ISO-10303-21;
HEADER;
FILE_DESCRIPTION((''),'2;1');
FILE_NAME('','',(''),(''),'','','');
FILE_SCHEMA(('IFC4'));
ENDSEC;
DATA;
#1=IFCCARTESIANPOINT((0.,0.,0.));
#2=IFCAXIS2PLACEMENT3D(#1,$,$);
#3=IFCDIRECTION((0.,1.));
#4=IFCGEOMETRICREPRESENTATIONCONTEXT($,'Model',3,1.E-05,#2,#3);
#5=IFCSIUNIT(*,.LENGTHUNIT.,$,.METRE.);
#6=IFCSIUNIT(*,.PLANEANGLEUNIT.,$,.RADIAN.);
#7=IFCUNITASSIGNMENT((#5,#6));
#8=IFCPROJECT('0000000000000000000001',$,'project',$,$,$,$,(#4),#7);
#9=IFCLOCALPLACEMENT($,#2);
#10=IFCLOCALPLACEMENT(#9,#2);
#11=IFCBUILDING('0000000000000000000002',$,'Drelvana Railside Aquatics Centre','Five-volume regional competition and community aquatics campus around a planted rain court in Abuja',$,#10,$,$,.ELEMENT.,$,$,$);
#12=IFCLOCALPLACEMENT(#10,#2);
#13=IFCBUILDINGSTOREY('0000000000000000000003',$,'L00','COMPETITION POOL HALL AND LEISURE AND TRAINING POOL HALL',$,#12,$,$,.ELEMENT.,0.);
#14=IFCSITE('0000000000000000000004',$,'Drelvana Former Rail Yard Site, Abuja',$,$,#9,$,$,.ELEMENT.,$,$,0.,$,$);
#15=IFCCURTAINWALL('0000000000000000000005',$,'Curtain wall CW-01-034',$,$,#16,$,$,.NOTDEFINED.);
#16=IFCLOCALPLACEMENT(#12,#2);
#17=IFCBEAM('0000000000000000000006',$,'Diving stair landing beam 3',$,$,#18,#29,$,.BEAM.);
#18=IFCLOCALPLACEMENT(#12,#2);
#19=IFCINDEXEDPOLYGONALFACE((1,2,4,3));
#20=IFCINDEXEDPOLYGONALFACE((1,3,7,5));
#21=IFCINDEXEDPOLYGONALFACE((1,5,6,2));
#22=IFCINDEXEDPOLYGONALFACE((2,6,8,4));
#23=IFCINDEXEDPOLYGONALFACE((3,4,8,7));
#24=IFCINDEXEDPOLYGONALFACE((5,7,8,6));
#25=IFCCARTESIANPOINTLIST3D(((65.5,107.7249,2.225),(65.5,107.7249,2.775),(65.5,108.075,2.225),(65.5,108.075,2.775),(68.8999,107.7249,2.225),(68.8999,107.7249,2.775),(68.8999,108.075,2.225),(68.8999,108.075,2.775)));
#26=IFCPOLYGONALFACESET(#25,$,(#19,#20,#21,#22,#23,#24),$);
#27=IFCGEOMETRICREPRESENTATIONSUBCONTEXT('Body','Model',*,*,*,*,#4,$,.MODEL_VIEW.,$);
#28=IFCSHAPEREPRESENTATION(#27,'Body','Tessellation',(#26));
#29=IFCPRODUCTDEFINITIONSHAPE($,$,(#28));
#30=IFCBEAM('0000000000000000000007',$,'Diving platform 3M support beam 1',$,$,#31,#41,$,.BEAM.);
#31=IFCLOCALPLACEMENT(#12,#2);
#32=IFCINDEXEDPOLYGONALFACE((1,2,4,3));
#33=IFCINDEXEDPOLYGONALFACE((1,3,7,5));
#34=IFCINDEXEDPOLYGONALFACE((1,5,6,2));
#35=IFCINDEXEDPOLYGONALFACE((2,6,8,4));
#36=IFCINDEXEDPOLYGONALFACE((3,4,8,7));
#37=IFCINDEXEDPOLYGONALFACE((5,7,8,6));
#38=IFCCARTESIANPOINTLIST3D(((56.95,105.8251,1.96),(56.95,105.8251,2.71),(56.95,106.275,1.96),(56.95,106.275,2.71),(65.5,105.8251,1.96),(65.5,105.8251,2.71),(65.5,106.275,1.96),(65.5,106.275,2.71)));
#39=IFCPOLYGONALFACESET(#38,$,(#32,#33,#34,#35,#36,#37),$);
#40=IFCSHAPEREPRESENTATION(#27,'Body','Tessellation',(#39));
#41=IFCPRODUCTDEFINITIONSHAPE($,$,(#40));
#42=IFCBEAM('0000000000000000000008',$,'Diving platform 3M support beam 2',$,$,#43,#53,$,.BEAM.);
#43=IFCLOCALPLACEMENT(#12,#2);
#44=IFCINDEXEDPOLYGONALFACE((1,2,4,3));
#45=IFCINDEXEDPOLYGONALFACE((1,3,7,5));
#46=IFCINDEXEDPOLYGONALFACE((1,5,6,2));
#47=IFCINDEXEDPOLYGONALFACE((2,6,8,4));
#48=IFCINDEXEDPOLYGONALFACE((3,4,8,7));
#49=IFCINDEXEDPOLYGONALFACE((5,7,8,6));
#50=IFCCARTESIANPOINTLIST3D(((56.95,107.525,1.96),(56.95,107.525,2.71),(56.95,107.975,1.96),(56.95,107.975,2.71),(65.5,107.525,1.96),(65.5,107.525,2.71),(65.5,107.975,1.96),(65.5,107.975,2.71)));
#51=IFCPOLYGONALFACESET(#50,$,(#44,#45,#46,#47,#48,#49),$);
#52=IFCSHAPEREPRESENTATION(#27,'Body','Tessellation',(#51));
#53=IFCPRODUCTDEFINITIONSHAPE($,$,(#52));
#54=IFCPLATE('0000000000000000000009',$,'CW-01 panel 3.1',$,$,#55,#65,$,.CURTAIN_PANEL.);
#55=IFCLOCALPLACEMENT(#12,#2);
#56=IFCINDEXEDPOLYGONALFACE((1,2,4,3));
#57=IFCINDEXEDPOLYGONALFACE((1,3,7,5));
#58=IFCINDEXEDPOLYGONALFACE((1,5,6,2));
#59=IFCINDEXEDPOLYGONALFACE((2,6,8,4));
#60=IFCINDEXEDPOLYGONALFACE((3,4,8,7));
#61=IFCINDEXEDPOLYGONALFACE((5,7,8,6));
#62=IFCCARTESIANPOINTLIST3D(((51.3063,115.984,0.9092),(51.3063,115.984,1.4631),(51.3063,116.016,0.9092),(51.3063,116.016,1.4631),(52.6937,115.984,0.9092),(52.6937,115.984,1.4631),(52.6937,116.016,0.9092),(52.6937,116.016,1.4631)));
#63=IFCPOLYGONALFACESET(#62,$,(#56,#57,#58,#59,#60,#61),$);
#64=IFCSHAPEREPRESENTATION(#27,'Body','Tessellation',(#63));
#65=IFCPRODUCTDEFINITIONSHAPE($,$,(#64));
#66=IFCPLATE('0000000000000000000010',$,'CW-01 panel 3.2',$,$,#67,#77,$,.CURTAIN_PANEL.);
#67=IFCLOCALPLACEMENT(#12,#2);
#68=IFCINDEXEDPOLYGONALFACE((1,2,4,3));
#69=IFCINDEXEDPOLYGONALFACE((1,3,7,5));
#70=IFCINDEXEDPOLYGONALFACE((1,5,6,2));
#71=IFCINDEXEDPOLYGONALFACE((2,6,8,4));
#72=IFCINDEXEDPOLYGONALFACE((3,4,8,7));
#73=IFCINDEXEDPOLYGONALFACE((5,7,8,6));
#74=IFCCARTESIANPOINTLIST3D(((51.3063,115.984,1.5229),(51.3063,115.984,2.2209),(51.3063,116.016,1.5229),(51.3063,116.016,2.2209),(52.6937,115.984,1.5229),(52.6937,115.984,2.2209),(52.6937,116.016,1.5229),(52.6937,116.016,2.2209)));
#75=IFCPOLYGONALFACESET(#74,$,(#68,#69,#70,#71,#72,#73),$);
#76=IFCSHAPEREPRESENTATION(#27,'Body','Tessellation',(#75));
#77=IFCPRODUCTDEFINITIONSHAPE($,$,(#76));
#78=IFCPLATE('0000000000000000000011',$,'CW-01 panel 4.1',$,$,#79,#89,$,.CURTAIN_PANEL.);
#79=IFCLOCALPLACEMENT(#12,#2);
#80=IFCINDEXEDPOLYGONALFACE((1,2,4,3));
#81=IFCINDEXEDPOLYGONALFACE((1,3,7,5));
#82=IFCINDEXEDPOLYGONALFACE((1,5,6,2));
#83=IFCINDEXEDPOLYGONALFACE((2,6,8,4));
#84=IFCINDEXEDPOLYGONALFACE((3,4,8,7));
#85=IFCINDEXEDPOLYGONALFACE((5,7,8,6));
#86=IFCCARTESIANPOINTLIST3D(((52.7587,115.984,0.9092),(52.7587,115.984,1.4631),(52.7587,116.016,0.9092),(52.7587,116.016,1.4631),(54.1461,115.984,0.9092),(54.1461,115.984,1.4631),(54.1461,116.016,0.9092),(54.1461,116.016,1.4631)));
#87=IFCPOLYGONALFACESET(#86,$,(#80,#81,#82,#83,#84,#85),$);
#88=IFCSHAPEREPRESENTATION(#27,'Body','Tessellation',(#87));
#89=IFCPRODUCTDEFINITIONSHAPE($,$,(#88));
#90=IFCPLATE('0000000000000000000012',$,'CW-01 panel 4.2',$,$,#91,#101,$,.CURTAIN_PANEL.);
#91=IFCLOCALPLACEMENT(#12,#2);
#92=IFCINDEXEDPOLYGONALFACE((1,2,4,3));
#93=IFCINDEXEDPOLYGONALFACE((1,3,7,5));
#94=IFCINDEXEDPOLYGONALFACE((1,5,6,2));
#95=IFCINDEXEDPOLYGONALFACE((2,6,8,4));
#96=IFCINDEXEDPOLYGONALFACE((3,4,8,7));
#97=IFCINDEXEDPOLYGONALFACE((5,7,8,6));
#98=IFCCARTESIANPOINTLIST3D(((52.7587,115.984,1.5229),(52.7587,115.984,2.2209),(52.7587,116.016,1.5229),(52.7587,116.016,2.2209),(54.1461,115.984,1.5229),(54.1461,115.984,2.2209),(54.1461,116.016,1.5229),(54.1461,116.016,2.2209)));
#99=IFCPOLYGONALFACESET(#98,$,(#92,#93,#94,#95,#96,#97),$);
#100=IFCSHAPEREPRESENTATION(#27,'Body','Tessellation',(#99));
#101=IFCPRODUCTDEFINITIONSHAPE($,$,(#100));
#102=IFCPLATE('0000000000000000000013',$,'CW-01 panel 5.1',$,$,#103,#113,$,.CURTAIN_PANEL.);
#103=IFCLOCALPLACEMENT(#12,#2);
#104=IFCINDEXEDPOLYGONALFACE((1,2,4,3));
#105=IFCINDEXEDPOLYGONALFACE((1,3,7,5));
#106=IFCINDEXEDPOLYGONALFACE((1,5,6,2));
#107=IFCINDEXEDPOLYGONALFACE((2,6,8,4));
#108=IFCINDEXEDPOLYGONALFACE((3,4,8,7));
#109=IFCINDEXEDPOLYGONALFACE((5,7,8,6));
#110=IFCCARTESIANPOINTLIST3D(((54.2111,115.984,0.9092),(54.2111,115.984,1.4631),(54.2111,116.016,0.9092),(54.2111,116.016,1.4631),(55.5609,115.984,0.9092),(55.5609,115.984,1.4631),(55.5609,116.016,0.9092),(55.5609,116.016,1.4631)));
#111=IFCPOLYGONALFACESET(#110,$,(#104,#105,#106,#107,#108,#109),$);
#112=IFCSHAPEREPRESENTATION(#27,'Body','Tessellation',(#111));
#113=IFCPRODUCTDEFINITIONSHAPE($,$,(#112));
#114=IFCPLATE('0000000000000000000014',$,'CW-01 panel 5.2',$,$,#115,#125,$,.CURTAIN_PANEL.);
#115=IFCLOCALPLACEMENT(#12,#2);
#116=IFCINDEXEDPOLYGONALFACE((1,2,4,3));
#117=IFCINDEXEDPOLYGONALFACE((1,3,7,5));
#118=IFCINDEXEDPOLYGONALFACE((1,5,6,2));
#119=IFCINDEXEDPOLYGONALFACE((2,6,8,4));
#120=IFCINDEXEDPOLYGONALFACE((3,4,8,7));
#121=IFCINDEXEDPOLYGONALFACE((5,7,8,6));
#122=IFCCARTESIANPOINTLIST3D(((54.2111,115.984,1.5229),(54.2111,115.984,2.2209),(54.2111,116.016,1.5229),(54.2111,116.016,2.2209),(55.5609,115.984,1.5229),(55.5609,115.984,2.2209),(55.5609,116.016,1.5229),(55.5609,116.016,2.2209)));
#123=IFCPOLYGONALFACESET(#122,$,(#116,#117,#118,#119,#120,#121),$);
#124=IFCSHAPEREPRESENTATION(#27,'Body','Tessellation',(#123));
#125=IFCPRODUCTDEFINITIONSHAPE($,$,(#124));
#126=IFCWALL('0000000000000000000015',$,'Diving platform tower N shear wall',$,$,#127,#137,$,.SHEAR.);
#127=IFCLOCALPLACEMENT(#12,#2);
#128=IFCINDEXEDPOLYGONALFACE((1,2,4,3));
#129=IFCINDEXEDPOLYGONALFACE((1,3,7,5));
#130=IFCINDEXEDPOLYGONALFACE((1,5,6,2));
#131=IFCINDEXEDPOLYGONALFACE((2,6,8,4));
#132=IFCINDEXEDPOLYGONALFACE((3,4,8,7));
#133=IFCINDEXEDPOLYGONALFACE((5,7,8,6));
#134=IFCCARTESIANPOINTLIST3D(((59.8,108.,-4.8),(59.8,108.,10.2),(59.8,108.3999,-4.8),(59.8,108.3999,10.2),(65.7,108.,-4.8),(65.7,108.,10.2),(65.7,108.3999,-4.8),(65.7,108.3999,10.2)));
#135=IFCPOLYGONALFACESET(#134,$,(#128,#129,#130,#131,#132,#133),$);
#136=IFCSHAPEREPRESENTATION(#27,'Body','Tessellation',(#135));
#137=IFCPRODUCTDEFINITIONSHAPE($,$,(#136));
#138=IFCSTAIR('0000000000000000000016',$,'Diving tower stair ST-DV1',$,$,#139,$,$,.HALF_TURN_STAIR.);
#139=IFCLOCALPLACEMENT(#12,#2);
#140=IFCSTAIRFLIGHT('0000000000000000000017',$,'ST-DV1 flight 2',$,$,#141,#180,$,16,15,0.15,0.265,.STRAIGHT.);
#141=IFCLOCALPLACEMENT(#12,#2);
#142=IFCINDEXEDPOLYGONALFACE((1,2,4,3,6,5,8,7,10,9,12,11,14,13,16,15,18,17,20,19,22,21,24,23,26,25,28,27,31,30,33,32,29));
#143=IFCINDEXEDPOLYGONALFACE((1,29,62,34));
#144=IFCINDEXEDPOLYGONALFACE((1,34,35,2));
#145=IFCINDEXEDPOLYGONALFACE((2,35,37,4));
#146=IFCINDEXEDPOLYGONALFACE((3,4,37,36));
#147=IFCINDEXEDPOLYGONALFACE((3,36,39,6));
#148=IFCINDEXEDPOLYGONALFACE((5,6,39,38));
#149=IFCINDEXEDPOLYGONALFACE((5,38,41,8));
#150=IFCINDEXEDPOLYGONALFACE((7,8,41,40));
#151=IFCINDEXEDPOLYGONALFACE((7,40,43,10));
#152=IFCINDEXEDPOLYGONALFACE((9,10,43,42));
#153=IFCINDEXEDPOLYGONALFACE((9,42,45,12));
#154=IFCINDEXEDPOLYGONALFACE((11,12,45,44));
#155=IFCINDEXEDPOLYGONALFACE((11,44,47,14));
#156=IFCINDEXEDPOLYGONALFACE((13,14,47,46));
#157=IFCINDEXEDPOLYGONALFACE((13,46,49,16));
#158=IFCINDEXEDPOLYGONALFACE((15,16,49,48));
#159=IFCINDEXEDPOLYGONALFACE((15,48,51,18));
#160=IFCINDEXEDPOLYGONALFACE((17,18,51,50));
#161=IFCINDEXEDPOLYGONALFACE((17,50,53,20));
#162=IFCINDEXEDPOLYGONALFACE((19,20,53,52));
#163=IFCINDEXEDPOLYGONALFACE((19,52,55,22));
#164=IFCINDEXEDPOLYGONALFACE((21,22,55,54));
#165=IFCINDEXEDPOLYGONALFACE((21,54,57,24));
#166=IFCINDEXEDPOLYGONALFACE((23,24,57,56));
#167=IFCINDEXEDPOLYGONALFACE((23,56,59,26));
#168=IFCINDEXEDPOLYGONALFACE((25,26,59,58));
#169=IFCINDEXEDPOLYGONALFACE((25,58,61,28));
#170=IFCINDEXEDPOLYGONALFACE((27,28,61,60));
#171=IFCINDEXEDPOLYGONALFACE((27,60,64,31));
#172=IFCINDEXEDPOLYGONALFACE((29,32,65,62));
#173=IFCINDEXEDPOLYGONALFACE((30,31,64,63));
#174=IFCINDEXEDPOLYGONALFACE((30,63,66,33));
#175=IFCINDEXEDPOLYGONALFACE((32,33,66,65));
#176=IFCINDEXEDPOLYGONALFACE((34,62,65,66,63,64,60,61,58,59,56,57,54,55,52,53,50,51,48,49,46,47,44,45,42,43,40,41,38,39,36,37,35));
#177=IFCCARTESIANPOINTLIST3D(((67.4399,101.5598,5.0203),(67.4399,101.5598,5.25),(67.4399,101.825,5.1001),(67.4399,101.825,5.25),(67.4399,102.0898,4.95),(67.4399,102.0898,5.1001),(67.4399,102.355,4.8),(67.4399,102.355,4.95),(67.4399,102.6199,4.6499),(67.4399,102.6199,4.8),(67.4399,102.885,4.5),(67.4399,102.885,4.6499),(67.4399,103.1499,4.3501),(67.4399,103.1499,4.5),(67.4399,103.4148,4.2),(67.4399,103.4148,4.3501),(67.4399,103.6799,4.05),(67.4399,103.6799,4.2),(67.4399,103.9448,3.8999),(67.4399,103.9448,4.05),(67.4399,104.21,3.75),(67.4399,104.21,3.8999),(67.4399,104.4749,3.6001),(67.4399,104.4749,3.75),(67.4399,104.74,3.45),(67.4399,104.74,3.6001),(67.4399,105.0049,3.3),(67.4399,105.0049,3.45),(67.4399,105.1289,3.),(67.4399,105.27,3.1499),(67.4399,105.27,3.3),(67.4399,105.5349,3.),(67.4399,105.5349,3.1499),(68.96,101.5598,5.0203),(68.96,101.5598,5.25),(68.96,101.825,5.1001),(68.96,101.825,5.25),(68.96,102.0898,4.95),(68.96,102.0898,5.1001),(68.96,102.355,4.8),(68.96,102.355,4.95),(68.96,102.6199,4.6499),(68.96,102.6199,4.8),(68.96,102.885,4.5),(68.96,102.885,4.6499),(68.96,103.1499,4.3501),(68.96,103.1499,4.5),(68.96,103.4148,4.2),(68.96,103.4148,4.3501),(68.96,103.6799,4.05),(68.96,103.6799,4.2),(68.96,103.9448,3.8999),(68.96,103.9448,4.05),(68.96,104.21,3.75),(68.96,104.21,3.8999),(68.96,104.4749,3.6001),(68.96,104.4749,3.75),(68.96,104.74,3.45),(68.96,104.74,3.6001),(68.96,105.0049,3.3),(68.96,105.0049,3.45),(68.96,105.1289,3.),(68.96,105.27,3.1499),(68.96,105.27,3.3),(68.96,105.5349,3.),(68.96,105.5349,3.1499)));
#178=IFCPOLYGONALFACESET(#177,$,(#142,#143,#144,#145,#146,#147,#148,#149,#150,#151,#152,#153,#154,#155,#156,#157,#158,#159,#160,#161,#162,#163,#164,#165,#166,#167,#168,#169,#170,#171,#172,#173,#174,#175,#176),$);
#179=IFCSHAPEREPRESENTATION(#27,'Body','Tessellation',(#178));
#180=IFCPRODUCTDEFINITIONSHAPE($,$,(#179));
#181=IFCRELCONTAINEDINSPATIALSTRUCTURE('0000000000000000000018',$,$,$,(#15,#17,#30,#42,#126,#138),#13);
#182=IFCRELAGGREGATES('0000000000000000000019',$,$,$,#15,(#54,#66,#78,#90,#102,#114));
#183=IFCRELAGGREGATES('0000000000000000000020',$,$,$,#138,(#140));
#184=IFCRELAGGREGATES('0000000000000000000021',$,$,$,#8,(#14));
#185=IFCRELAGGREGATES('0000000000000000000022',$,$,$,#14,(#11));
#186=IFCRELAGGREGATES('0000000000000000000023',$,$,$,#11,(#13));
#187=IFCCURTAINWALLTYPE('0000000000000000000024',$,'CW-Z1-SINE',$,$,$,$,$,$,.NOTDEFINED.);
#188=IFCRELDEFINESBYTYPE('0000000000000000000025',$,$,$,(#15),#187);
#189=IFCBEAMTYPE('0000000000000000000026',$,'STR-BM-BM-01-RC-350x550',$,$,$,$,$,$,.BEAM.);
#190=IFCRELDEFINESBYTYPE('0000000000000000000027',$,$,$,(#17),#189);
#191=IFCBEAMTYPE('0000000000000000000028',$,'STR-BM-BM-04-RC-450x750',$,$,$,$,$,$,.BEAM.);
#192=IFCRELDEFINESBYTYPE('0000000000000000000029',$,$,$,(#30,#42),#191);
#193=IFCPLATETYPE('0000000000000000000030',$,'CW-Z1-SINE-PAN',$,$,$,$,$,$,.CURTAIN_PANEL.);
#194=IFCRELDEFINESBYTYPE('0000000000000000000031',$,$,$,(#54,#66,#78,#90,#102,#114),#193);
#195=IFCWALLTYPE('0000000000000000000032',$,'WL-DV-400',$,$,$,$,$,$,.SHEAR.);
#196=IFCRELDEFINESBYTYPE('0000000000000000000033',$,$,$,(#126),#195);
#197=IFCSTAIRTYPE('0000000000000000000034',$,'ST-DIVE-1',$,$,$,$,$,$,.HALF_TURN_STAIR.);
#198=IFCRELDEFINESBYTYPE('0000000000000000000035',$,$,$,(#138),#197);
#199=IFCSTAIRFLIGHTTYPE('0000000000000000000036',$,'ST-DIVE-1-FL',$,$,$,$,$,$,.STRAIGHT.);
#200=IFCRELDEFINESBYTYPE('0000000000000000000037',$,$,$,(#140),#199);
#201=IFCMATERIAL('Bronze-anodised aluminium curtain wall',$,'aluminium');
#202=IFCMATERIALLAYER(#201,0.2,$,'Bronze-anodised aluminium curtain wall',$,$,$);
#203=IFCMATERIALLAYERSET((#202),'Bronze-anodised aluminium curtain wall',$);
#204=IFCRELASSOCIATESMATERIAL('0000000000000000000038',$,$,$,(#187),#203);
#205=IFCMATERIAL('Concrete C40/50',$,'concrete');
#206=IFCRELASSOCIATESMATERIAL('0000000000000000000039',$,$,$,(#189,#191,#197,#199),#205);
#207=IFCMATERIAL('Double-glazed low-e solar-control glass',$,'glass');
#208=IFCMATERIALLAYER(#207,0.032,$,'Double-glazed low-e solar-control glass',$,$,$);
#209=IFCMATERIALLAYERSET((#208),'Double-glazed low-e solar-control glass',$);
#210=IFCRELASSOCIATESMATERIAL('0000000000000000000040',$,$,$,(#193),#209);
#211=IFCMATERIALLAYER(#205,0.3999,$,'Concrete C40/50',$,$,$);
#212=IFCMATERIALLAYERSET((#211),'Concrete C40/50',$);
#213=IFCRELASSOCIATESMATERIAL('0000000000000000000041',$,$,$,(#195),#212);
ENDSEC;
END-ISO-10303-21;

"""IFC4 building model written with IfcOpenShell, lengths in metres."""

from ifc_helpers import new_model, si_unit, direction, frame, frame_2d, origin, origin_2d, place, context, subcontext, project, spatial, polyline, rectangle, outline, extrude, material, layer, layer_set, material_profile, profile_set, type_object, element, aggregate, save


model = new_model("IFC4")

# Units and contexts
model_context = context("Model", 3, precision=1e-05, world=origin(), true_north=direction((0.0, 1.0)))
body_context = subcontext(model_context, "Body", "Model", "MODEL_VIEW")
ifc_project = project(units=[si_unit("LENGTHUNIT", "METRE"), si_unit("PLANEANGLEUNIT", "RADIAN")], contexts=[model_context])

# Site, building, storey
site_placement = place(None, origin())
site = spatial("IfcSite", under=ifc_project, at=site_placement, Name="Drelvana Former Rail Yard Site, Abuja", CompositionType="ELEMENT", RefElevation=0.0)
building_placement = place(site_placement, origin())
building = spatial("IfcBuilding", under=site, at=building_placement, Name="Drelvana Railside Aquatics Centre", Description="Five-volume regional competition and community aquatics campus around a planted rain court in Abuja", CompositionType="ELEMENT")
storey_placement = place(building_placement, origin())
storey = spatial("IfcBuildingStorey", under=building, at=storey_placement, Name="L00", Description="COMPETITION POOL HALL AND LEISURE AND TRAINING POOL HALL", CompositionType="ELEMENT", Elevation=0.0)

# Shared definitions
ifc_material_1 = material(Name="Concrete C40/50", Category="concrete")

# Curtain wall
ifc_material_2 = material(Name="Bronze-anodised aluminium curtain wall", Category="aluminium")
ifc_layer_1 = layer(ifc_material_2, 0.2, Name="Bronze-anodised aluminium curtain wall")
ifc_layer_set_1 = layer_set([ifc_layer_1], Name="Bronze-anodised aluminium curtain wall")
curtain_wall_type = type_object("IfcCurtainWallType", Name="CW-Z1-SINE", PredefinedType="NOTDEFINED", material=ifc_layer_set_1)
curtain_wall_placement = place(storey_placement, origin())
curtain_wall = element("IfcCurtainWall", 1, at=curtain_wall_placement, inside=storey, type_object=curtain_wall_type, Name="Curtain wall CW-01-034", PredefinedType="NOTDEFINED")

# Beams
ifc_material_profile_1 = material_profile(ifc_material_1, rectangle(XDim=0.3501, YDim=0.55, at=origin_2d()), Name="RC 350x550")
ifc_profile_set_1 = profile_set([ifc_material_profile_1], Name="Concrete C40/50")
beam_type_1 = type_object("IfcBeamType", Name="STR-BM-BM-01-RC-350x550", PredefinedType="BEAM", material=ifc_profile_set_1)
for number, where, z_axis, x_axis, name in (
    (2, (65.5, 107.8999, 2.5), (1.0, 0.0, 0.0), (0.0, 1.0, 0.0), "Diving stair landing beam 3"),
):
    element("IfcBeam", number, at=place(storey_placement, frame(where, z_axis=z_axis, x_axis=x_axis)), inside=storey, type_object=beam_type_1, Name=name, PredefinedType="BEAM", context=body_context, shape_type="SweptSolid", body=[
        extrude(rectangle(XDim=0.3501, YDim=0.55, at=origin_2d()), origin(), (0.0, 0.0, 1.0), 3.3999),
    ])
ifc_material_profile_2 = material_profile(ifc_material_1, rectangle(XDim=0.45, YDim=0.75, at=origin_2d()), Name="RC 450x750")
ifc_profile_set_2 = profile_set([ifc_material_profile_2], Name="Concrete C40/50")
beam_type_2 = type_object("IfcBeamType", Name="STR-BM-BM-04-RC-450x750", PredefinedType="BEAM", material=ifc_profile_set_2)
for number, where, z_axis, x_axis, name in (
    (3, (65.5, 106.05, 2.335), (-1.0, 0.0, 0.0), (0.0, -1.0, 0.0), "Diving platform 3M support beam 1"),
    (4, (65.5, 107.75, 2.335), (-1.0, 0.0, 0.0), (0.0, -1.0, 0.0), "Diving platform 3M support beam 2"),
):
    element("IfcBeam", number, at=place(storey_placement, frame(where, z_axis=z_axis, x_axis=x_axis)), inside=storey, type_object=beam_type_2, Name=name, PredefinedType="BEAM", context=body_context, shape_type="SweptSolid", body=[
        extrude(rectangle(XDim=0.45, YDim=0.75, at=origin_2d()), origin(), (0.0, 0.0, 1.0), 8.55),
    ])

# Plates
ifc_material_3 = material(Name="Double-glazed low-e solar-control glass", Category="glass")
ifc_layer_2 = layer(ifc_material_3, 0.032, Name="Double-glazed low-e solar-control glass")
ifc_layer_set_2 = layer_set([ifc_layer_2], Name="Double-glazed low-e solar-control glass")
plate_type = type_object("IfcPlateType", Name="CW-Z1-SINE-PAN", PredefinedType="CURTAIN_PANEL", material=ifc_layer_set_2)
plate_1_placement = place(storey_placement, frame((52.0, 116.0, 0.9092), z_axis=(0.0, 0.0, 1.0), x_axis=(1.0, 0.0, 0.0)))
plate_1 = element("IfcPlate", 5, at=plate_1_placement, type_object=plate_type, Name="CW-01 panel 3.1", PredefinedType="CURTAIN_PANEL", context=body_context, shape_type="SweptSolid", body=[
    extrude(rectangle(XDim=1.3875, YDim=0.032, at=origin_2d()), origin(), (0.0, 0.0, 1.0), 0.554),
])
plate_2_placement = place(storey_placement, frame((52.0, 116.0, 1.5229), z_axis=(0.0, 0.0, 1.0), x_axis=(1.0, 0.0, 0.0)))
plate_2 = element("IfcPlate", 6, at=plate_2_placement, type_object=plate_type, Name="CW-01 panel 3.2", PredefinedType="CURTAIN_PANEL", context=body_context, shape_type="SweptSolid", body=[
    extrude(rectangle(XDim=1.3875, YDim=0.032, at=origin_2d()), origin(), (0.0, 0.0, 1.0), 0.698),
])
plate_3_placement = place(storey_placement, frame((53.4524, 116.0, 0.9092), z_axis=(0.0, 0.0, 1.0), x_axis=(1.0, 0.0, 0.0)))
plate_3 = element("IfcPlate", 7, at=plate_3_placement, type_object=plate_type, Name="CW-01 panel 4.1", PredefinedType="CURTAIN_PANEL", context=body_context, shape_type="SweptSolid", body=[
    extrude(rectangle(XDim=1.3875, YDim=0.032, at=origin_2d()), origin(), (0.0, 0.0, 1.0), 0.554),
])
plate_4_placement = place(storey_placement, frame((53.4524, 116.0, 1.5229), z_axis=(0.0, 0.0, 1.0), x_axis=(1.0, 0.0, 0.0)))
plate_4 = element("IfcPlate", 8, at=plate_4_placement, type_object=plate_type, Name="CW-01 panel 4.2", PredefinedType="CURTAIN_PANEL", context=body_context, shape_type="SweptSolid", body=[
    extrude(rectangle(XDim=1.3875, YDim=0.032, at=origin_2d()), origin(), (0.0, 0.0, 1.0), 0.698),
])
plate_5_placement = place(storey_placement, frame((54.886, 116.0, 0.9092), z_axis=(0.0, 0.0, 1.0), x_axis=(1.0, 0.0, 0.0)))
plate_5 = element("IfcPlate", 9, at=plate_5_placement, type_object=plate_type, Name="CW-01 panel 5.1", PredefinedType="CURTAIN_PANEL", context=body_context, shape_type="SweptSolid", body=[
    extrude(rectangle(XDim=1.3499, YDim=0.032, at=origin_2d()), origin(), (0.0, 0.0, 1.0), 0.554),
])
plate_6_placement = place(storey_placement, frame((54.886, 116.0, 1.5229), z_axis=(0.0, 0.0, 1.0), x_axis=(1.0, 0.0, 0.0)))
plate_6 = element("IfcPlate", 10, at=plate_6_placement, type_object=plate_type, Name="CW-01 panel 5.2", PredefinedType="CURTAIN_PANEL", context=body_context, shape_type="SweptSolid", body=[
    extrude(rectangle(XDim=1.3499, YDim=0.032, at=origin_2d()), origin(), (0.0, 0.0, 1.0), 0.698),
])
aggregate(curtain_wall, [plate_1, plate_2, plate_3, plate_4, plate_5, plate_6])

# Wall
ifc_layer_3 = layer(ifc_material_1, 0.3999, Name="Concrete C40/50")
ifc_layer_set_3 = layer_set([ifc_layer_3], Name="Concrete C40/50")
wall_type = type_object("IfcWallType", Name="WL-DV-400", PredefinedType="SHEAR", material=ifc_layer_set_3)
wall_placement = place(storey_placement, frame((59.8, 108.2, -4.8), z_axis=(0.0, 0.0, 1.0), x_axis=(1.0, 0.0, 0.0)))
element("IfcWall", 11, at=wall_placement, inside=storey, type_object=wall_type, Name="Diving platform tower N shear wall", PredefinedType="SHEAR", context=body_context, shape_type="SweptSolid", body=[
    extrude(rectangle(XDim=5.8999, YDim=0.3999, at=frame_2d((2.95, 0.0))), origin(), (0.0, 0.0, 1.0), 15.0),
])

# Stair, stair flight
stair_type = type_object("IfcStairType", Name="ST-DIVE-1", PredefinedType="HALF_TURN_STAIR", material=ifc_material_1)
stair_placement = place(storey_placement, origin())
stair = element("IfcStair", 12, at=stair_placement, inside=storey, type_object=stair_type, Name="Diving tower stair ST-DV1", PredefinedType="HALF_TURN_STAIR")
stair_flight_type = type_object("IfcStairFlightType", Name="ST-DIVE-1-FL", PredefinedType="STRAIGHT", material=ifc_material_1)
stair_flight_placement = place(storey_placement, frame((68.2, 105.5349, 3.0), z_axis=(0.0, 0.0, 1.0), x_axis=(0.0, -1.0, 0.0)))
stair_flight = element("IfcStairFlight", 13, at=stair_flight_placement, type_object=stair_flight_type, Name="ST-DV1 flight 2", NumberOfRisers=16, NumberOfTreads=15, PredefinedType="STRAIGHT", RiserHeight=0.15, TreadLength=0.265, context=body_context, shape_type="SweptSolid", body=[
    extrude(outline(polyline([(0.0, 0.0), (0.0, 0.1499), (0.2649, 0.1499), (0.2649, 0.3), (0.53, 0.3), (0.53, 0.45), (0.7949, 0.45), (0.7949, 0.6001), (1.0601, 0.6001), (1.0601, 0.75), (1.325, 0.75), (1.325, 0.8999), (1.5901, 0.8999), (1.5901, 1.05), (1.855, 1.05), (1.855, 1.2), (2.1201, 1.2), (2.1201, 1.3501), (2.385, 1.3501), (2.385, 1.5), (2.6499, 1.5), (2.6499, 1.6499), (2.915, 1.6499), (2.915, 1.8), (3.1799, 1.8), (3.1799, 1.95), (3.4451, 1.95), (3.4451, 2.1001), (3.71, 2.1001), (3.71, 2.25), (3.9751, 2.25), (3.9751, 2.3999), (3.9751, 2.0203), (0.406, 0.0), (0.0, 0.0)])), frame((0.0, 0.76, 0.0), z_axis=(0.0, -1.0, 0.0), x_axis=(1.0, 0.0, 0.0)), (0.0, 0.0, 1.0), 1.52),
])
aggregate(stair, [stair_flight])

save(model, "model.ifc")
